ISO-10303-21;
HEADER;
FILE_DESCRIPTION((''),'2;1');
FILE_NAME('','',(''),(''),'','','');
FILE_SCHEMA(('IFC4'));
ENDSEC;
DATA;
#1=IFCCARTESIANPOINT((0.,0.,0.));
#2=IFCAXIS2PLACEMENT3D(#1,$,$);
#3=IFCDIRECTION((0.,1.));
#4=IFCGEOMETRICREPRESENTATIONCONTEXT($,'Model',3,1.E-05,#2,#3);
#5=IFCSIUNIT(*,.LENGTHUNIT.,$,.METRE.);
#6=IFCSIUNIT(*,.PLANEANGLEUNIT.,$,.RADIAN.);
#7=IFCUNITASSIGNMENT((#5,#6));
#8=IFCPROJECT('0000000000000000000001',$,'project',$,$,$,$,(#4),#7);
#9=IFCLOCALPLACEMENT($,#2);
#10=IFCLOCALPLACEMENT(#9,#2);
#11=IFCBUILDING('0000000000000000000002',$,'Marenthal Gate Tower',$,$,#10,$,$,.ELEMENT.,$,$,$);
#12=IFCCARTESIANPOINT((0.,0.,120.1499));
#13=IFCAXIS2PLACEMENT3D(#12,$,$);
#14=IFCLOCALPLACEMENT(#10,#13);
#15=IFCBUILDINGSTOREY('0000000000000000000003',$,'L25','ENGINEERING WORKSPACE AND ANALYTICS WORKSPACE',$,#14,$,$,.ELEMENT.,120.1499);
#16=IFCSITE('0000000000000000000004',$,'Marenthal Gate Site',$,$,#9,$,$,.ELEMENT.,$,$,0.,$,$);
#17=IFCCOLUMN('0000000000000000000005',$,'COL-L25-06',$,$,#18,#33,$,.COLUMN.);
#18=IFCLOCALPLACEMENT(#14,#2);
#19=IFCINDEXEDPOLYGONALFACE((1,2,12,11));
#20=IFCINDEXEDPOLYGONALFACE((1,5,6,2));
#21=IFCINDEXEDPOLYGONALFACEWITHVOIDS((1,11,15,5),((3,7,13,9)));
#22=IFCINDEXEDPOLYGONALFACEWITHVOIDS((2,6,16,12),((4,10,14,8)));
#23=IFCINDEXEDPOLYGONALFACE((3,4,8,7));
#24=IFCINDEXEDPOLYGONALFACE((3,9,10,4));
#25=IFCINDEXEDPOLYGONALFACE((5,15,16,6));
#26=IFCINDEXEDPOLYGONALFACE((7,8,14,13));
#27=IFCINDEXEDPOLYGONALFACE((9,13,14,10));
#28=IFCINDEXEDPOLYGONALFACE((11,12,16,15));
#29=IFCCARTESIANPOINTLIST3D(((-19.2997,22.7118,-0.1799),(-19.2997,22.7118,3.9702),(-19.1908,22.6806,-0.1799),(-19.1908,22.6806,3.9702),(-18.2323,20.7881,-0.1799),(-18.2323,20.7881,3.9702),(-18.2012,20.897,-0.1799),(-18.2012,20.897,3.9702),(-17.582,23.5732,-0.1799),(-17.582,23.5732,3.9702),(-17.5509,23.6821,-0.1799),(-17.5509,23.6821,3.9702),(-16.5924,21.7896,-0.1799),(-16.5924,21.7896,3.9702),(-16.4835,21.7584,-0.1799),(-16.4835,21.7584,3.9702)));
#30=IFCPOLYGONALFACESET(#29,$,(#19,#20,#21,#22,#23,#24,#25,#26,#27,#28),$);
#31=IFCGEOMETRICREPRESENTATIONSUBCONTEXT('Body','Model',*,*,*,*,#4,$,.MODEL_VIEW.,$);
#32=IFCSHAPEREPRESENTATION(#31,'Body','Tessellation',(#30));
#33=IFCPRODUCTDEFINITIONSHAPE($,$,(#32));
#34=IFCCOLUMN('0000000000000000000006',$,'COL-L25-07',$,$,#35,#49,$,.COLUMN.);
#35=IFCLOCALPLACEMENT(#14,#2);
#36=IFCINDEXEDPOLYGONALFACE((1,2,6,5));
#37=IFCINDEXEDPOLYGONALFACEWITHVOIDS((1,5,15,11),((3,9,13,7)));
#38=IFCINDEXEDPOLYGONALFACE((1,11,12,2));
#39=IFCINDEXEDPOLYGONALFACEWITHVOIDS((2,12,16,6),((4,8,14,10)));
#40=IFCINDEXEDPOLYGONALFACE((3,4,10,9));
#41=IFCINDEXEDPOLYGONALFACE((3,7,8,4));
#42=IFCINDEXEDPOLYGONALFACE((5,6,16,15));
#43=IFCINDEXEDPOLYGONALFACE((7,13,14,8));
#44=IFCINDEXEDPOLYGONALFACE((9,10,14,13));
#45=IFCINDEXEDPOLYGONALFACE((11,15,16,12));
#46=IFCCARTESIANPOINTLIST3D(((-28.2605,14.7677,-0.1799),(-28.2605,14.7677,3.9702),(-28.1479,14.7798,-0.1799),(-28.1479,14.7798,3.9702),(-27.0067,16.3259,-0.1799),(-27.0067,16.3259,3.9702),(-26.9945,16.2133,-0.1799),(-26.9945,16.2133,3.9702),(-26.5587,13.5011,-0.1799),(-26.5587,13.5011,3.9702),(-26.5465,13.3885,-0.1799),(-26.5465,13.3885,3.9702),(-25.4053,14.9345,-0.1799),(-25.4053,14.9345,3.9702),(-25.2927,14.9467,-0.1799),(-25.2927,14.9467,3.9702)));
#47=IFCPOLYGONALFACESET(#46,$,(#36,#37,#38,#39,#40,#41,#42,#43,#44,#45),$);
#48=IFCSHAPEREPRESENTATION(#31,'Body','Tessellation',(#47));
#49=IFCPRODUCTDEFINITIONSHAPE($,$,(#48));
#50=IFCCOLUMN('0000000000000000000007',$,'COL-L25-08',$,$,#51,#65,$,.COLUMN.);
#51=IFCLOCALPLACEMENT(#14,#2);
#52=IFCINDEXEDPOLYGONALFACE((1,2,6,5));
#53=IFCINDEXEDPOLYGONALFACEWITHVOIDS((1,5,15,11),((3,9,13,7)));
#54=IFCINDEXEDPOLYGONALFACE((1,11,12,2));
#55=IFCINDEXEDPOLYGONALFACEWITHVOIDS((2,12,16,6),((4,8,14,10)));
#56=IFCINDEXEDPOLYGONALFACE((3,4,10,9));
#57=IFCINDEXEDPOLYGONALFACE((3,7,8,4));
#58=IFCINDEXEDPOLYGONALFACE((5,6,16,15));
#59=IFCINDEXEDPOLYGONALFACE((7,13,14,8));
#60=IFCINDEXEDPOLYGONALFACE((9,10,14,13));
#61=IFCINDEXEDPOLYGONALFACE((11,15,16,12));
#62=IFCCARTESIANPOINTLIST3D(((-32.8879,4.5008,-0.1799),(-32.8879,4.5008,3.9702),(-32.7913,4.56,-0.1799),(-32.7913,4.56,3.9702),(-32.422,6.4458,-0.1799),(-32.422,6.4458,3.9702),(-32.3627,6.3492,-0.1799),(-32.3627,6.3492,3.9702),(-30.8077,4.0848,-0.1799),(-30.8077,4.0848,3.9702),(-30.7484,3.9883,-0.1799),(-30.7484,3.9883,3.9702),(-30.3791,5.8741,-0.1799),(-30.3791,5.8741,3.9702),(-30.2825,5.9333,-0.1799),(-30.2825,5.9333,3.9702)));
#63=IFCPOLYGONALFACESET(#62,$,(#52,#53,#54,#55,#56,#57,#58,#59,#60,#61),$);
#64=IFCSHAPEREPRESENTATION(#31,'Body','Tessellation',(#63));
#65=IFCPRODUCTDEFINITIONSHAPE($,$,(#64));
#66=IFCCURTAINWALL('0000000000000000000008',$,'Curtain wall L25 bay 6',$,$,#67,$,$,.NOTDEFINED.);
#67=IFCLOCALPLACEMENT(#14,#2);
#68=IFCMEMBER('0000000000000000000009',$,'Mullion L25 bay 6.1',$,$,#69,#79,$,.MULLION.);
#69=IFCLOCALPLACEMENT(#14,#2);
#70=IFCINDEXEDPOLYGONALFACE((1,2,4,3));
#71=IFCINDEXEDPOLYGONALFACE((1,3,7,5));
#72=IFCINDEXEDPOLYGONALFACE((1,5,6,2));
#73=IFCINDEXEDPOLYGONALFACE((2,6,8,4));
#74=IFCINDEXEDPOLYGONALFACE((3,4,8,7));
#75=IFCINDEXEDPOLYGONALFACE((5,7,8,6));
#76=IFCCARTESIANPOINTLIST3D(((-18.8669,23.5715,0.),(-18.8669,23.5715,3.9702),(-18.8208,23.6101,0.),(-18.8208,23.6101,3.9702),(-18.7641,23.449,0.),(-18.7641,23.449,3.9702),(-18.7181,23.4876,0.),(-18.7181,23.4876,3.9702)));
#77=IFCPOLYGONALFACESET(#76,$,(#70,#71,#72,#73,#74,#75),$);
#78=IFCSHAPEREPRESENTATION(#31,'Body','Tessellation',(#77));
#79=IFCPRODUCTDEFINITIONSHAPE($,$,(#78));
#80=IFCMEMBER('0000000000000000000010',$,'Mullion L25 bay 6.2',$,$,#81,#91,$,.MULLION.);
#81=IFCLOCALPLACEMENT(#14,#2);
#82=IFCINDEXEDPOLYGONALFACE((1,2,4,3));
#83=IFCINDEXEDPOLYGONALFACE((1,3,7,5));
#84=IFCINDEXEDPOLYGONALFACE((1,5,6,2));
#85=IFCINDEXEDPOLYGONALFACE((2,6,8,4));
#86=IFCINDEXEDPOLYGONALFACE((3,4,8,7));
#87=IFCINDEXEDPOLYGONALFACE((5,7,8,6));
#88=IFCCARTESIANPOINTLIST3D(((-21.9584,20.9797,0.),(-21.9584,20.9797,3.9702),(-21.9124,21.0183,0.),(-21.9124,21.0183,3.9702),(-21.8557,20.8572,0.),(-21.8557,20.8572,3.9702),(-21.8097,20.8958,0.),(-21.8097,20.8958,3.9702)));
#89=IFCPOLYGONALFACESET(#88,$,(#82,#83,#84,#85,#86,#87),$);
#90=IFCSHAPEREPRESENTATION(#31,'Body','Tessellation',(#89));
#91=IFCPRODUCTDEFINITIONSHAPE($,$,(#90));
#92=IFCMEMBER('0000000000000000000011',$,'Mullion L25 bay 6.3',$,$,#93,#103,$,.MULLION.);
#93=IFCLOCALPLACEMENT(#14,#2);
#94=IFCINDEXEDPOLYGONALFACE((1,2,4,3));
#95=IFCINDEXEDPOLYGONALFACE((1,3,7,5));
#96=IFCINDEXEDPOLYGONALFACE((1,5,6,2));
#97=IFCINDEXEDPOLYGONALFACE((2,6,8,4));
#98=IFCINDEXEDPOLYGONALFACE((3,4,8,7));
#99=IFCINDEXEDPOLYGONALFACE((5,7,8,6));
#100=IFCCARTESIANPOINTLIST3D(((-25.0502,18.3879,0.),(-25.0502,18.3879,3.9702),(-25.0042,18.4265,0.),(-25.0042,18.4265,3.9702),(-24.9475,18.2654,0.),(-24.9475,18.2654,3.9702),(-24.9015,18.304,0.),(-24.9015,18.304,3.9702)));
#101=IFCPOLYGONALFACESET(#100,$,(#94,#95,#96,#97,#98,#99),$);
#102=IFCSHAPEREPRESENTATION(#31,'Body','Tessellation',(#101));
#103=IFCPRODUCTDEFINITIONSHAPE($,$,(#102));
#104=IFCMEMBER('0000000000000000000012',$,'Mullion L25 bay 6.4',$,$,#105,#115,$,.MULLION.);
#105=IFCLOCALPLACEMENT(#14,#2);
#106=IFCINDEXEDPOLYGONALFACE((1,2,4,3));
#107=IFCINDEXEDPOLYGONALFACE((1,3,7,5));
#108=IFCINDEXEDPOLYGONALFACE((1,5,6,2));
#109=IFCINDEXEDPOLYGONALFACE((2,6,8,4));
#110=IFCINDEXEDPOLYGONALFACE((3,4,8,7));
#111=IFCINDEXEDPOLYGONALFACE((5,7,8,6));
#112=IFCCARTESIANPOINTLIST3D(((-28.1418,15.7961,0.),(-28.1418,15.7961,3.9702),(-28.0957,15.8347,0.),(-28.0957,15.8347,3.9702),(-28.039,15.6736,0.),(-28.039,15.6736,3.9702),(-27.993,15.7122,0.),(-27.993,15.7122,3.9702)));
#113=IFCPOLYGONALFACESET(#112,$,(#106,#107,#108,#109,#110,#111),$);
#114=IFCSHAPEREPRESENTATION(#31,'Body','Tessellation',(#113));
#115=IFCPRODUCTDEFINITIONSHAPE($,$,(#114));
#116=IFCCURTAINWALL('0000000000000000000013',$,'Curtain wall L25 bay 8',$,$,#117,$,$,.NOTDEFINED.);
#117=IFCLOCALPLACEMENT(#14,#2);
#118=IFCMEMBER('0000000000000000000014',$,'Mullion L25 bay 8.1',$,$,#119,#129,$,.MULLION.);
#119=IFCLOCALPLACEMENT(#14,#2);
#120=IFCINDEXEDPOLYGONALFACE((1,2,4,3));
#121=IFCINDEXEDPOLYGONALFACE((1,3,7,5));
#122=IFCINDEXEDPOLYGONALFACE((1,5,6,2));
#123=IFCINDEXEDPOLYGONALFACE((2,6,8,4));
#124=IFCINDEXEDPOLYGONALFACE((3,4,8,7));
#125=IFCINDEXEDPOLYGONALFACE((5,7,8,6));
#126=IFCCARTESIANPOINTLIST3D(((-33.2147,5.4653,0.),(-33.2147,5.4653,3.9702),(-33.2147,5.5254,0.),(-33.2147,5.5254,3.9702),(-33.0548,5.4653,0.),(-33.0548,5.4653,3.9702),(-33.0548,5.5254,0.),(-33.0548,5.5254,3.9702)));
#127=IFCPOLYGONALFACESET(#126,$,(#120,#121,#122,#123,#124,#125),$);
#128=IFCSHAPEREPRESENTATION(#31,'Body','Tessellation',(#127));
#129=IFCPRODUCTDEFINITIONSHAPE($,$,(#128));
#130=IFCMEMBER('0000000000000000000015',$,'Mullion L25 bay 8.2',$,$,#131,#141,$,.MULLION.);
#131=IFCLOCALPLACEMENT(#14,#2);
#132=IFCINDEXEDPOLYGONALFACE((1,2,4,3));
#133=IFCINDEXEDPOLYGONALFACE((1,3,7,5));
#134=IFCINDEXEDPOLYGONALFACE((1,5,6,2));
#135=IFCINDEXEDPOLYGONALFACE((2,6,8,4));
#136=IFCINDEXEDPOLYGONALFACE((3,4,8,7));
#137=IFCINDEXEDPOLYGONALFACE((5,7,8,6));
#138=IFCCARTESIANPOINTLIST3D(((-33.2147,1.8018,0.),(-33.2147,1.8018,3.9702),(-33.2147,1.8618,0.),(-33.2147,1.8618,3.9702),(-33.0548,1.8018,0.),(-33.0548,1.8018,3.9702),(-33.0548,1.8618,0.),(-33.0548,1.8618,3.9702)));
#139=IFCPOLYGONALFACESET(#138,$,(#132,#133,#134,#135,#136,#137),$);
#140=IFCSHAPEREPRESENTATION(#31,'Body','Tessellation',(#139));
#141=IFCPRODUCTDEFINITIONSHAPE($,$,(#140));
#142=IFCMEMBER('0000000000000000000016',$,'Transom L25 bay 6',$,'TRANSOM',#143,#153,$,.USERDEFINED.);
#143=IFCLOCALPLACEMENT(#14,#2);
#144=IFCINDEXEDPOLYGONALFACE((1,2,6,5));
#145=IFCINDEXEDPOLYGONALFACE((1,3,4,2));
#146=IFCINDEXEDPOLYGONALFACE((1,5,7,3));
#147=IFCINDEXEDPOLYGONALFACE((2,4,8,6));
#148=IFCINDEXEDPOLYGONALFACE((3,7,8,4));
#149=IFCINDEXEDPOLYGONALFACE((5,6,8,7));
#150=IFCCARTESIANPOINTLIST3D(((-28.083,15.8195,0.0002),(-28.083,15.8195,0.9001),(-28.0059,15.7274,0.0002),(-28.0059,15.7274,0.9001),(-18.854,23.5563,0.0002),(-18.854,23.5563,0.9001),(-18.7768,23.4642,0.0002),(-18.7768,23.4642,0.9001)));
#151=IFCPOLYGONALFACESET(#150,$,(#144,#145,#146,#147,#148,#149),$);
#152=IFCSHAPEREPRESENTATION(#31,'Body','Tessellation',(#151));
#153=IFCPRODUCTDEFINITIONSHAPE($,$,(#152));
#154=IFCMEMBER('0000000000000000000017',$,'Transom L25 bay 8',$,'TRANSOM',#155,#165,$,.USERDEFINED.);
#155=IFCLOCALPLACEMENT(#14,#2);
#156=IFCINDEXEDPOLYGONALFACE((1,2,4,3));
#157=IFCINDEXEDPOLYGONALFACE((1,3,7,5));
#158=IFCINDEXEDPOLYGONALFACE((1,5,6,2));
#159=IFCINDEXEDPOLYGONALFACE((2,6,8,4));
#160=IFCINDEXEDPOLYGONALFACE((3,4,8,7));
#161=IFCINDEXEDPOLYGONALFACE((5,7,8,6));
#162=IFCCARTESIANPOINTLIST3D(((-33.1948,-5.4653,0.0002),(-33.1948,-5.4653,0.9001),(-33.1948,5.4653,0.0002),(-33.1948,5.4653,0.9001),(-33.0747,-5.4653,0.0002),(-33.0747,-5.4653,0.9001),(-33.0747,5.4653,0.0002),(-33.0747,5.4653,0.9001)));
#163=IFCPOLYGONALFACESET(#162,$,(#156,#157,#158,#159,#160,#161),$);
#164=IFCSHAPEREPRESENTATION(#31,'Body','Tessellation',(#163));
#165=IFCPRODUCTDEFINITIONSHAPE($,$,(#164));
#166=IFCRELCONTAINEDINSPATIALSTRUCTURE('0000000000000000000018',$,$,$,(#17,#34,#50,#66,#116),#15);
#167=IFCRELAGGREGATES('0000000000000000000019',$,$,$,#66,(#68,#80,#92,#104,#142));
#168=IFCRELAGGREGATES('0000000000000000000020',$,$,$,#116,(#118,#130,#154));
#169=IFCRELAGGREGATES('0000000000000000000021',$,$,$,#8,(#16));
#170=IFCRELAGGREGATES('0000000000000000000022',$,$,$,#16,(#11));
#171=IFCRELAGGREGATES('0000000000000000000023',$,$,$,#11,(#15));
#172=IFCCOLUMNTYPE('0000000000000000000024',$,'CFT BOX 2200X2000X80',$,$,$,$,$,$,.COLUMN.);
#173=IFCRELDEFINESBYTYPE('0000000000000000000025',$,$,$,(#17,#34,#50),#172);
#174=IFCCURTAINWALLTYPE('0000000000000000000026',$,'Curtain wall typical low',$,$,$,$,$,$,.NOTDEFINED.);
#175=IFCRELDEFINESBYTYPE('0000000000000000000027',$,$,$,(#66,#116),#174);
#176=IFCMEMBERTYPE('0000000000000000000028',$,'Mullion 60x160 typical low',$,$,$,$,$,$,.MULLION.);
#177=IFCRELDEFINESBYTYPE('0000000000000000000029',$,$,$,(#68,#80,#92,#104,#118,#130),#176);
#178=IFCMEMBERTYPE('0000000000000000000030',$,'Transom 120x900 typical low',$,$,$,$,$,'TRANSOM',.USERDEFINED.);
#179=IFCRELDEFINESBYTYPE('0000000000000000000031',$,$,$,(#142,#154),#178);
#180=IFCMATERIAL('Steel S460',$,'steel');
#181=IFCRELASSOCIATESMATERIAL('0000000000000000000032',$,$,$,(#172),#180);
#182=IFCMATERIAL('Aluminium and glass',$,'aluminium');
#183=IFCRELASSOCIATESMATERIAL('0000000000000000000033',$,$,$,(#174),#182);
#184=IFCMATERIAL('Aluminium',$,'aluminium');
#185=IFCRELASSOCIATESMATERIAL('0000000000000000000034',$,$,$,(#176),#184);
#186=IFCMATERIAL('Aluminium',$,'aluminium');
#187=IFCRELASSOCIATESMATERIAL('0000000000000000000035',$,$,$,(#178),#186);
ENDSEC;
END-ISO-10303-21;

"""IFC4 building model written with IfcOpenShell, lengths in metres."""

from ifc_helpers import new_model, si_unit, direction, frame, origin, origin_2d, place, context, subcontext, project, spatial, rectangle, hollow_rectangle, extrude, material, material_profile, profile_set, type_object, element, aggregate, save


model = new_model("IFC4")

# Units and contexts
model_context = context("Model", 3, precision=1e-05, world=origin(), true_north=direction((0.0, 1.0)))
body_context = subcontext(model_context, "Body", "Model", "MODEL_VIEW")
ifc_project = project(units=[si_unit("LENGTHUNIT", "METRE"), si_unit("PLANEANGLEUNIT", "RADIAN")], contexts=[model_context])

# Site, building, storey
site_placement = place(None, origin())
site = spatial("IfcSite", under=ifc_project, at=site_placement, Name="Marenthal Gate Site", CompositionType="ELEMENT", RefElevation=0.0)
building_placement = place(site_placement, origin())
building = spatial("IfcBuilding", under=site, at=building_placement, Name="Marenthal Gate Tower", CompositionType="ELEMENT")
storey_placement = place(building_placement, frame((0.0, 0.0, 120.1499)))
storey = spatial("IfcBuildingStorey", under=building, at=storey_placement, Name="L25", Description="ENGINEERING WORKSPACE AND ANALYTICS WORKSPACE", CompositionType="ELEMENT", Elevation=120.1499)

# Columns
ifc_material_1 = material(Name="Steel S460", Category="steel")
ifc_material_profile_1 = material_profile(ifc_material_1, hollow_rectangle(XDim=2.0, YDim=2.2, WallThickness=0.0801, at=origin_2d()), Name="CFT BOX 2200X2000X80")
ifc_material_2 = material(Name="Concrete 70 MPa", Category="concrete")
ifc_material_profile_2 = material_profile(ifc_material_2, rectangle(XDim=1.8401, YDim=2.04, at=origin_2d()), Name="CFT BOX 2200X2000X80 INFILL")
ifc_profile_set_1 = profile_set([ifc_material_profile_1, ifc_material_profile_2], Name="Steel S460 shell, Concrete 70 MPa infill")
column_type = type_object("IfcColumnType", Name="CFT BOX 2200X2000X80", PredefinedType="COLUMN", material=ifc_profile_set_1)
for number, where, z_axis, x_axis, name in (
    (1, (-17.8916, 22.2351, -0.1799), (0.0, 0.0, 1.0), (0.874418, 0.485173, 0.0), "COL-L25-06"),
    (2, (-26.7766, 14.8572, -0.1799), (0.0, 0.0, 1.0), (0.626903, 0.779097, 0.0), "COL-L25-07"),
    (3, (-31.5852, 5.217, -0.1799), (0.0, 0.0, 1.0), (0.23295, 0.972489, 0.0), "COL-L25-08"),
):
    element("IfcColumn", number, at=place(storey_placement, frame(where, z_axis=z_axis, x_axis=x_axis)), inside=storey, type_object=column_type, Name=name, PredefinedType="COLUMN", context=body_context, shape_type="SweptSolid", body=[
        extrude(hollow_rectangle(XDim=2.0, YDim=2.2, WallThickness=0.0801, at=origin_2d()), origin(), (0.0, 0.0, 1.0), 4.1501),
    ])

# Curtain walls, members
ifc_material_3 = material(Name="Aluminium and glass", Category="aluminium")
curtain_wall_type = type_object("IfcCurtainWallType", Name="Curtain wall typical low", PredefinedType="NOTDEFINED", material=ifc_material_3)
curtain_wall_1_placement = place(storey_placement, origin())
curtain_wall_1 = element("IfcCurtainWall", 4, at=curtain_wall_1_placement, inside=storey, type_object=curtain_wall_type, Name="Curtain wall L25 bay 6", PredefinedType="NOTDEFINED")
ifc_material_4 = material(Name="Aluminium", Category="aluminium")
ifc_material_profile_3 = material_profile(ifc_material_4, rectangle(XDim=0.1599, YDim=0.0601, at=origin_2d()), Name="60x160 aluminium mullion")
ifc_profile_set_2 = profile_set([ifc_material_profile_3], Name="Aluminium")
member_type_1 = type_object("IfcMemberType", Name="Mullion 60x160 typical low", PredefinedType="MULLION", material=ifc_profile_set_2)
member_1_placement = place(storey_placement, frame((-18.7925, 23.5295, 0.0), z_axis=(0.0, 0.0, 1.0), x_axis=(0.642438, -0.766338, 0.0)))
member_1 = element("IfcMember", 5, at=member_1_placement, type_object=member_type_1, Name="Mullion L25 bay 6.1", PredefinedType="MULLION", context=body_context, shape_type="SweptSolid", body=[
    extrude(rectangle(XDim=0.1599, YDim=0.0601, at=origin_2d()), origin(), (0.0, 0.0, 1.0), 3.9702),
])
member_2_placement = place(storey_placement, frame((-21.884, 20.9377, 0.0), z_axis=(0.0, 0.0, 1.0), x_axis=(0.642438, -0.766338, 0.0)))
member_2 = element("IfcMember", 6, at=member_2_placement, type_object=member_type_1, Name="Mullion L25 bay 6.2", PredefinedType="MULLION", context=body_context, shape_type="SweptSolid", body=[
    extrude(rectangle(XDim=0.1599, YDim=0.0601, at=origin_2d()), origin(), (0.0, 0.0, 1.0), 3.9702),
])
member_3_placement = place(storey_placement, frame((-24.9758, 18.3459, 0.0), z_axis=(0.0, 0.0, 1.0), x_axis=(0.642438, -0.766338, 0.0)))
member_3 = element("IfcMember", 7, at=member_3_placement, type_object=member_type_1, Name="Mullion L25 bay 6.3", PredefinedType="MULLION", context=body_context, shape_type="SweptSolid", body=[
    extrude(rectangle(XDim=0.1599, YDim=0.0601, at=origin_2d()), origin(), (0.0, 0.0, 1.0), 3.9702),
])
member_4_placement = place(storey_placement, frame((-28.0674, 15.7542, 0.0), z_axis=(0.0, 0.0, 1.0), x_axis=(0.642438, -0.766338, 0.0)))
member_4 = element("IfcMember", 8, at=member_4_placement, type_object=member_type_1, Name="Mullion L25 bay 6.4", PredefinedType="MULLION", context=body_context, shape_type="SweptSolid", body=[
    extrude(rectangle(XDim=0.1599, YDim=0.0601, at=origin_2d()), origin(), (0.0, 0.0, 1.0), 3.9702),
])
curtain_wall_2_placement = place(storey_placement, origin())
curtain_wall_2 = element("IfcCurtainWall", 9, at=curtain_wall_2_placement, inside=storey, type_object=curtain_wall_type, Name="Curtain wall L25 bay 8", PredefinedType="NOTDEFINED")
member_5_placement = place(storey_placement, frame((-33.1348, 5.4954, 0.0), z_axis=(0.0, 0.0, 1.0), x_axis=(1.0, 0.0, 0.0)))
member_5 = element("IfcMember", 10, at=member_5_placement, type_object=member_type_1, Name="Mullion L25 bay 8.1", PredefinedType="MULLION", context=body_context, shape_type="SweptSolid", body=[
    extrude(rectangle(XDim=0.1599, YDim=0.0601, at=origin_2d()), origin(), (0.0, 0.0, 1.0), 3.9702),
])
member_6_placement = place(storey_placement, frame((-33.1348, 1.8318, 0.0), z_axis=(0.0, 0.0, 1.0), x_axis=(1.0, 0.0, 0.0)))
member_6 = element("IfcMember", 11, at=member_6_placement, type_object=member_type_1, Name="Mullion L25 bay 8.2", PredefinedType="MULLION", context=body_context, shape_type="SweptSolid", body=[
    extrude(rectangle(XDim=0.1599, YDim=0.0601, at=origin_2d()), origin(), (0.0, 0.0, 1.0), 3.9702),
])

# Members
ifc_material_5 = material(Name="Aluminium", Category="aluminium")
ifc_material_profile_4 = material_profile(ifc_material_5, rectangle(XDim=0.1201, YDim=0.8999, at=origin_2d()), Name="120x900 aluminium transom")
ifc_profile_set_3 = profile_set([ifc_material_profile_4], Name="Aluminium")
member_type_2 = type_object("IfcMemberType", Name="Transom 120x900 typical low", ElementType="TRANSOM", PredefinedType="USERDEFINED", material=ifc_profile_set_3)
member_7_placement = place(storey_placement, frame((-18.8154, 23.5103, 0.4502), z_axis=(-0.76634, -0.642435, 0.0), x_axis=(0.642435, -0.76634, 0.0)))
member_7 = element("IfcMember", 12, at=member_7_placement, type_object=member_type_2, Name="Transom L25 bay 6", ObjectType="TRANSOM", PredefinedType="USERDEFINED", context=body_context, shape_type="SweptSolid", body=[
    extrude(rectangle(XDim=0.1201, YDim=0.8999, at=origin_2d()), origin(), (0.0, 0.0, 1.0), 12.043),
])
member_8_placement = place(storey_placement, frame((-33.1348, 5.4653, 0.4502), z_axis=(0.0, -1.0, 0.0), x_axis=(1.0, 0.0, 0.0)))
member_8 = element("IfcMember", 13, at=member_8_placement, type_object=member_type_2, Name="Transom L25 bay 8", ObjectType="TRANSOM", PredefinedType="USERDEFINED", context=body_context, shape_type="SweptSolid", body=[
    extrude(rectangle(XDim=0.1201, YDim=0.8999, at=origin_2d()), origin(), (0.0, 0.0, 1.0), 10.9307),
])

aggregate(curtain_wall_1, [member_1, member_2, member_3, member_4, member_7])
aggregate(curtain_wall_2, [member_5, member_6, member_8])

save(model, "model.ifc")
